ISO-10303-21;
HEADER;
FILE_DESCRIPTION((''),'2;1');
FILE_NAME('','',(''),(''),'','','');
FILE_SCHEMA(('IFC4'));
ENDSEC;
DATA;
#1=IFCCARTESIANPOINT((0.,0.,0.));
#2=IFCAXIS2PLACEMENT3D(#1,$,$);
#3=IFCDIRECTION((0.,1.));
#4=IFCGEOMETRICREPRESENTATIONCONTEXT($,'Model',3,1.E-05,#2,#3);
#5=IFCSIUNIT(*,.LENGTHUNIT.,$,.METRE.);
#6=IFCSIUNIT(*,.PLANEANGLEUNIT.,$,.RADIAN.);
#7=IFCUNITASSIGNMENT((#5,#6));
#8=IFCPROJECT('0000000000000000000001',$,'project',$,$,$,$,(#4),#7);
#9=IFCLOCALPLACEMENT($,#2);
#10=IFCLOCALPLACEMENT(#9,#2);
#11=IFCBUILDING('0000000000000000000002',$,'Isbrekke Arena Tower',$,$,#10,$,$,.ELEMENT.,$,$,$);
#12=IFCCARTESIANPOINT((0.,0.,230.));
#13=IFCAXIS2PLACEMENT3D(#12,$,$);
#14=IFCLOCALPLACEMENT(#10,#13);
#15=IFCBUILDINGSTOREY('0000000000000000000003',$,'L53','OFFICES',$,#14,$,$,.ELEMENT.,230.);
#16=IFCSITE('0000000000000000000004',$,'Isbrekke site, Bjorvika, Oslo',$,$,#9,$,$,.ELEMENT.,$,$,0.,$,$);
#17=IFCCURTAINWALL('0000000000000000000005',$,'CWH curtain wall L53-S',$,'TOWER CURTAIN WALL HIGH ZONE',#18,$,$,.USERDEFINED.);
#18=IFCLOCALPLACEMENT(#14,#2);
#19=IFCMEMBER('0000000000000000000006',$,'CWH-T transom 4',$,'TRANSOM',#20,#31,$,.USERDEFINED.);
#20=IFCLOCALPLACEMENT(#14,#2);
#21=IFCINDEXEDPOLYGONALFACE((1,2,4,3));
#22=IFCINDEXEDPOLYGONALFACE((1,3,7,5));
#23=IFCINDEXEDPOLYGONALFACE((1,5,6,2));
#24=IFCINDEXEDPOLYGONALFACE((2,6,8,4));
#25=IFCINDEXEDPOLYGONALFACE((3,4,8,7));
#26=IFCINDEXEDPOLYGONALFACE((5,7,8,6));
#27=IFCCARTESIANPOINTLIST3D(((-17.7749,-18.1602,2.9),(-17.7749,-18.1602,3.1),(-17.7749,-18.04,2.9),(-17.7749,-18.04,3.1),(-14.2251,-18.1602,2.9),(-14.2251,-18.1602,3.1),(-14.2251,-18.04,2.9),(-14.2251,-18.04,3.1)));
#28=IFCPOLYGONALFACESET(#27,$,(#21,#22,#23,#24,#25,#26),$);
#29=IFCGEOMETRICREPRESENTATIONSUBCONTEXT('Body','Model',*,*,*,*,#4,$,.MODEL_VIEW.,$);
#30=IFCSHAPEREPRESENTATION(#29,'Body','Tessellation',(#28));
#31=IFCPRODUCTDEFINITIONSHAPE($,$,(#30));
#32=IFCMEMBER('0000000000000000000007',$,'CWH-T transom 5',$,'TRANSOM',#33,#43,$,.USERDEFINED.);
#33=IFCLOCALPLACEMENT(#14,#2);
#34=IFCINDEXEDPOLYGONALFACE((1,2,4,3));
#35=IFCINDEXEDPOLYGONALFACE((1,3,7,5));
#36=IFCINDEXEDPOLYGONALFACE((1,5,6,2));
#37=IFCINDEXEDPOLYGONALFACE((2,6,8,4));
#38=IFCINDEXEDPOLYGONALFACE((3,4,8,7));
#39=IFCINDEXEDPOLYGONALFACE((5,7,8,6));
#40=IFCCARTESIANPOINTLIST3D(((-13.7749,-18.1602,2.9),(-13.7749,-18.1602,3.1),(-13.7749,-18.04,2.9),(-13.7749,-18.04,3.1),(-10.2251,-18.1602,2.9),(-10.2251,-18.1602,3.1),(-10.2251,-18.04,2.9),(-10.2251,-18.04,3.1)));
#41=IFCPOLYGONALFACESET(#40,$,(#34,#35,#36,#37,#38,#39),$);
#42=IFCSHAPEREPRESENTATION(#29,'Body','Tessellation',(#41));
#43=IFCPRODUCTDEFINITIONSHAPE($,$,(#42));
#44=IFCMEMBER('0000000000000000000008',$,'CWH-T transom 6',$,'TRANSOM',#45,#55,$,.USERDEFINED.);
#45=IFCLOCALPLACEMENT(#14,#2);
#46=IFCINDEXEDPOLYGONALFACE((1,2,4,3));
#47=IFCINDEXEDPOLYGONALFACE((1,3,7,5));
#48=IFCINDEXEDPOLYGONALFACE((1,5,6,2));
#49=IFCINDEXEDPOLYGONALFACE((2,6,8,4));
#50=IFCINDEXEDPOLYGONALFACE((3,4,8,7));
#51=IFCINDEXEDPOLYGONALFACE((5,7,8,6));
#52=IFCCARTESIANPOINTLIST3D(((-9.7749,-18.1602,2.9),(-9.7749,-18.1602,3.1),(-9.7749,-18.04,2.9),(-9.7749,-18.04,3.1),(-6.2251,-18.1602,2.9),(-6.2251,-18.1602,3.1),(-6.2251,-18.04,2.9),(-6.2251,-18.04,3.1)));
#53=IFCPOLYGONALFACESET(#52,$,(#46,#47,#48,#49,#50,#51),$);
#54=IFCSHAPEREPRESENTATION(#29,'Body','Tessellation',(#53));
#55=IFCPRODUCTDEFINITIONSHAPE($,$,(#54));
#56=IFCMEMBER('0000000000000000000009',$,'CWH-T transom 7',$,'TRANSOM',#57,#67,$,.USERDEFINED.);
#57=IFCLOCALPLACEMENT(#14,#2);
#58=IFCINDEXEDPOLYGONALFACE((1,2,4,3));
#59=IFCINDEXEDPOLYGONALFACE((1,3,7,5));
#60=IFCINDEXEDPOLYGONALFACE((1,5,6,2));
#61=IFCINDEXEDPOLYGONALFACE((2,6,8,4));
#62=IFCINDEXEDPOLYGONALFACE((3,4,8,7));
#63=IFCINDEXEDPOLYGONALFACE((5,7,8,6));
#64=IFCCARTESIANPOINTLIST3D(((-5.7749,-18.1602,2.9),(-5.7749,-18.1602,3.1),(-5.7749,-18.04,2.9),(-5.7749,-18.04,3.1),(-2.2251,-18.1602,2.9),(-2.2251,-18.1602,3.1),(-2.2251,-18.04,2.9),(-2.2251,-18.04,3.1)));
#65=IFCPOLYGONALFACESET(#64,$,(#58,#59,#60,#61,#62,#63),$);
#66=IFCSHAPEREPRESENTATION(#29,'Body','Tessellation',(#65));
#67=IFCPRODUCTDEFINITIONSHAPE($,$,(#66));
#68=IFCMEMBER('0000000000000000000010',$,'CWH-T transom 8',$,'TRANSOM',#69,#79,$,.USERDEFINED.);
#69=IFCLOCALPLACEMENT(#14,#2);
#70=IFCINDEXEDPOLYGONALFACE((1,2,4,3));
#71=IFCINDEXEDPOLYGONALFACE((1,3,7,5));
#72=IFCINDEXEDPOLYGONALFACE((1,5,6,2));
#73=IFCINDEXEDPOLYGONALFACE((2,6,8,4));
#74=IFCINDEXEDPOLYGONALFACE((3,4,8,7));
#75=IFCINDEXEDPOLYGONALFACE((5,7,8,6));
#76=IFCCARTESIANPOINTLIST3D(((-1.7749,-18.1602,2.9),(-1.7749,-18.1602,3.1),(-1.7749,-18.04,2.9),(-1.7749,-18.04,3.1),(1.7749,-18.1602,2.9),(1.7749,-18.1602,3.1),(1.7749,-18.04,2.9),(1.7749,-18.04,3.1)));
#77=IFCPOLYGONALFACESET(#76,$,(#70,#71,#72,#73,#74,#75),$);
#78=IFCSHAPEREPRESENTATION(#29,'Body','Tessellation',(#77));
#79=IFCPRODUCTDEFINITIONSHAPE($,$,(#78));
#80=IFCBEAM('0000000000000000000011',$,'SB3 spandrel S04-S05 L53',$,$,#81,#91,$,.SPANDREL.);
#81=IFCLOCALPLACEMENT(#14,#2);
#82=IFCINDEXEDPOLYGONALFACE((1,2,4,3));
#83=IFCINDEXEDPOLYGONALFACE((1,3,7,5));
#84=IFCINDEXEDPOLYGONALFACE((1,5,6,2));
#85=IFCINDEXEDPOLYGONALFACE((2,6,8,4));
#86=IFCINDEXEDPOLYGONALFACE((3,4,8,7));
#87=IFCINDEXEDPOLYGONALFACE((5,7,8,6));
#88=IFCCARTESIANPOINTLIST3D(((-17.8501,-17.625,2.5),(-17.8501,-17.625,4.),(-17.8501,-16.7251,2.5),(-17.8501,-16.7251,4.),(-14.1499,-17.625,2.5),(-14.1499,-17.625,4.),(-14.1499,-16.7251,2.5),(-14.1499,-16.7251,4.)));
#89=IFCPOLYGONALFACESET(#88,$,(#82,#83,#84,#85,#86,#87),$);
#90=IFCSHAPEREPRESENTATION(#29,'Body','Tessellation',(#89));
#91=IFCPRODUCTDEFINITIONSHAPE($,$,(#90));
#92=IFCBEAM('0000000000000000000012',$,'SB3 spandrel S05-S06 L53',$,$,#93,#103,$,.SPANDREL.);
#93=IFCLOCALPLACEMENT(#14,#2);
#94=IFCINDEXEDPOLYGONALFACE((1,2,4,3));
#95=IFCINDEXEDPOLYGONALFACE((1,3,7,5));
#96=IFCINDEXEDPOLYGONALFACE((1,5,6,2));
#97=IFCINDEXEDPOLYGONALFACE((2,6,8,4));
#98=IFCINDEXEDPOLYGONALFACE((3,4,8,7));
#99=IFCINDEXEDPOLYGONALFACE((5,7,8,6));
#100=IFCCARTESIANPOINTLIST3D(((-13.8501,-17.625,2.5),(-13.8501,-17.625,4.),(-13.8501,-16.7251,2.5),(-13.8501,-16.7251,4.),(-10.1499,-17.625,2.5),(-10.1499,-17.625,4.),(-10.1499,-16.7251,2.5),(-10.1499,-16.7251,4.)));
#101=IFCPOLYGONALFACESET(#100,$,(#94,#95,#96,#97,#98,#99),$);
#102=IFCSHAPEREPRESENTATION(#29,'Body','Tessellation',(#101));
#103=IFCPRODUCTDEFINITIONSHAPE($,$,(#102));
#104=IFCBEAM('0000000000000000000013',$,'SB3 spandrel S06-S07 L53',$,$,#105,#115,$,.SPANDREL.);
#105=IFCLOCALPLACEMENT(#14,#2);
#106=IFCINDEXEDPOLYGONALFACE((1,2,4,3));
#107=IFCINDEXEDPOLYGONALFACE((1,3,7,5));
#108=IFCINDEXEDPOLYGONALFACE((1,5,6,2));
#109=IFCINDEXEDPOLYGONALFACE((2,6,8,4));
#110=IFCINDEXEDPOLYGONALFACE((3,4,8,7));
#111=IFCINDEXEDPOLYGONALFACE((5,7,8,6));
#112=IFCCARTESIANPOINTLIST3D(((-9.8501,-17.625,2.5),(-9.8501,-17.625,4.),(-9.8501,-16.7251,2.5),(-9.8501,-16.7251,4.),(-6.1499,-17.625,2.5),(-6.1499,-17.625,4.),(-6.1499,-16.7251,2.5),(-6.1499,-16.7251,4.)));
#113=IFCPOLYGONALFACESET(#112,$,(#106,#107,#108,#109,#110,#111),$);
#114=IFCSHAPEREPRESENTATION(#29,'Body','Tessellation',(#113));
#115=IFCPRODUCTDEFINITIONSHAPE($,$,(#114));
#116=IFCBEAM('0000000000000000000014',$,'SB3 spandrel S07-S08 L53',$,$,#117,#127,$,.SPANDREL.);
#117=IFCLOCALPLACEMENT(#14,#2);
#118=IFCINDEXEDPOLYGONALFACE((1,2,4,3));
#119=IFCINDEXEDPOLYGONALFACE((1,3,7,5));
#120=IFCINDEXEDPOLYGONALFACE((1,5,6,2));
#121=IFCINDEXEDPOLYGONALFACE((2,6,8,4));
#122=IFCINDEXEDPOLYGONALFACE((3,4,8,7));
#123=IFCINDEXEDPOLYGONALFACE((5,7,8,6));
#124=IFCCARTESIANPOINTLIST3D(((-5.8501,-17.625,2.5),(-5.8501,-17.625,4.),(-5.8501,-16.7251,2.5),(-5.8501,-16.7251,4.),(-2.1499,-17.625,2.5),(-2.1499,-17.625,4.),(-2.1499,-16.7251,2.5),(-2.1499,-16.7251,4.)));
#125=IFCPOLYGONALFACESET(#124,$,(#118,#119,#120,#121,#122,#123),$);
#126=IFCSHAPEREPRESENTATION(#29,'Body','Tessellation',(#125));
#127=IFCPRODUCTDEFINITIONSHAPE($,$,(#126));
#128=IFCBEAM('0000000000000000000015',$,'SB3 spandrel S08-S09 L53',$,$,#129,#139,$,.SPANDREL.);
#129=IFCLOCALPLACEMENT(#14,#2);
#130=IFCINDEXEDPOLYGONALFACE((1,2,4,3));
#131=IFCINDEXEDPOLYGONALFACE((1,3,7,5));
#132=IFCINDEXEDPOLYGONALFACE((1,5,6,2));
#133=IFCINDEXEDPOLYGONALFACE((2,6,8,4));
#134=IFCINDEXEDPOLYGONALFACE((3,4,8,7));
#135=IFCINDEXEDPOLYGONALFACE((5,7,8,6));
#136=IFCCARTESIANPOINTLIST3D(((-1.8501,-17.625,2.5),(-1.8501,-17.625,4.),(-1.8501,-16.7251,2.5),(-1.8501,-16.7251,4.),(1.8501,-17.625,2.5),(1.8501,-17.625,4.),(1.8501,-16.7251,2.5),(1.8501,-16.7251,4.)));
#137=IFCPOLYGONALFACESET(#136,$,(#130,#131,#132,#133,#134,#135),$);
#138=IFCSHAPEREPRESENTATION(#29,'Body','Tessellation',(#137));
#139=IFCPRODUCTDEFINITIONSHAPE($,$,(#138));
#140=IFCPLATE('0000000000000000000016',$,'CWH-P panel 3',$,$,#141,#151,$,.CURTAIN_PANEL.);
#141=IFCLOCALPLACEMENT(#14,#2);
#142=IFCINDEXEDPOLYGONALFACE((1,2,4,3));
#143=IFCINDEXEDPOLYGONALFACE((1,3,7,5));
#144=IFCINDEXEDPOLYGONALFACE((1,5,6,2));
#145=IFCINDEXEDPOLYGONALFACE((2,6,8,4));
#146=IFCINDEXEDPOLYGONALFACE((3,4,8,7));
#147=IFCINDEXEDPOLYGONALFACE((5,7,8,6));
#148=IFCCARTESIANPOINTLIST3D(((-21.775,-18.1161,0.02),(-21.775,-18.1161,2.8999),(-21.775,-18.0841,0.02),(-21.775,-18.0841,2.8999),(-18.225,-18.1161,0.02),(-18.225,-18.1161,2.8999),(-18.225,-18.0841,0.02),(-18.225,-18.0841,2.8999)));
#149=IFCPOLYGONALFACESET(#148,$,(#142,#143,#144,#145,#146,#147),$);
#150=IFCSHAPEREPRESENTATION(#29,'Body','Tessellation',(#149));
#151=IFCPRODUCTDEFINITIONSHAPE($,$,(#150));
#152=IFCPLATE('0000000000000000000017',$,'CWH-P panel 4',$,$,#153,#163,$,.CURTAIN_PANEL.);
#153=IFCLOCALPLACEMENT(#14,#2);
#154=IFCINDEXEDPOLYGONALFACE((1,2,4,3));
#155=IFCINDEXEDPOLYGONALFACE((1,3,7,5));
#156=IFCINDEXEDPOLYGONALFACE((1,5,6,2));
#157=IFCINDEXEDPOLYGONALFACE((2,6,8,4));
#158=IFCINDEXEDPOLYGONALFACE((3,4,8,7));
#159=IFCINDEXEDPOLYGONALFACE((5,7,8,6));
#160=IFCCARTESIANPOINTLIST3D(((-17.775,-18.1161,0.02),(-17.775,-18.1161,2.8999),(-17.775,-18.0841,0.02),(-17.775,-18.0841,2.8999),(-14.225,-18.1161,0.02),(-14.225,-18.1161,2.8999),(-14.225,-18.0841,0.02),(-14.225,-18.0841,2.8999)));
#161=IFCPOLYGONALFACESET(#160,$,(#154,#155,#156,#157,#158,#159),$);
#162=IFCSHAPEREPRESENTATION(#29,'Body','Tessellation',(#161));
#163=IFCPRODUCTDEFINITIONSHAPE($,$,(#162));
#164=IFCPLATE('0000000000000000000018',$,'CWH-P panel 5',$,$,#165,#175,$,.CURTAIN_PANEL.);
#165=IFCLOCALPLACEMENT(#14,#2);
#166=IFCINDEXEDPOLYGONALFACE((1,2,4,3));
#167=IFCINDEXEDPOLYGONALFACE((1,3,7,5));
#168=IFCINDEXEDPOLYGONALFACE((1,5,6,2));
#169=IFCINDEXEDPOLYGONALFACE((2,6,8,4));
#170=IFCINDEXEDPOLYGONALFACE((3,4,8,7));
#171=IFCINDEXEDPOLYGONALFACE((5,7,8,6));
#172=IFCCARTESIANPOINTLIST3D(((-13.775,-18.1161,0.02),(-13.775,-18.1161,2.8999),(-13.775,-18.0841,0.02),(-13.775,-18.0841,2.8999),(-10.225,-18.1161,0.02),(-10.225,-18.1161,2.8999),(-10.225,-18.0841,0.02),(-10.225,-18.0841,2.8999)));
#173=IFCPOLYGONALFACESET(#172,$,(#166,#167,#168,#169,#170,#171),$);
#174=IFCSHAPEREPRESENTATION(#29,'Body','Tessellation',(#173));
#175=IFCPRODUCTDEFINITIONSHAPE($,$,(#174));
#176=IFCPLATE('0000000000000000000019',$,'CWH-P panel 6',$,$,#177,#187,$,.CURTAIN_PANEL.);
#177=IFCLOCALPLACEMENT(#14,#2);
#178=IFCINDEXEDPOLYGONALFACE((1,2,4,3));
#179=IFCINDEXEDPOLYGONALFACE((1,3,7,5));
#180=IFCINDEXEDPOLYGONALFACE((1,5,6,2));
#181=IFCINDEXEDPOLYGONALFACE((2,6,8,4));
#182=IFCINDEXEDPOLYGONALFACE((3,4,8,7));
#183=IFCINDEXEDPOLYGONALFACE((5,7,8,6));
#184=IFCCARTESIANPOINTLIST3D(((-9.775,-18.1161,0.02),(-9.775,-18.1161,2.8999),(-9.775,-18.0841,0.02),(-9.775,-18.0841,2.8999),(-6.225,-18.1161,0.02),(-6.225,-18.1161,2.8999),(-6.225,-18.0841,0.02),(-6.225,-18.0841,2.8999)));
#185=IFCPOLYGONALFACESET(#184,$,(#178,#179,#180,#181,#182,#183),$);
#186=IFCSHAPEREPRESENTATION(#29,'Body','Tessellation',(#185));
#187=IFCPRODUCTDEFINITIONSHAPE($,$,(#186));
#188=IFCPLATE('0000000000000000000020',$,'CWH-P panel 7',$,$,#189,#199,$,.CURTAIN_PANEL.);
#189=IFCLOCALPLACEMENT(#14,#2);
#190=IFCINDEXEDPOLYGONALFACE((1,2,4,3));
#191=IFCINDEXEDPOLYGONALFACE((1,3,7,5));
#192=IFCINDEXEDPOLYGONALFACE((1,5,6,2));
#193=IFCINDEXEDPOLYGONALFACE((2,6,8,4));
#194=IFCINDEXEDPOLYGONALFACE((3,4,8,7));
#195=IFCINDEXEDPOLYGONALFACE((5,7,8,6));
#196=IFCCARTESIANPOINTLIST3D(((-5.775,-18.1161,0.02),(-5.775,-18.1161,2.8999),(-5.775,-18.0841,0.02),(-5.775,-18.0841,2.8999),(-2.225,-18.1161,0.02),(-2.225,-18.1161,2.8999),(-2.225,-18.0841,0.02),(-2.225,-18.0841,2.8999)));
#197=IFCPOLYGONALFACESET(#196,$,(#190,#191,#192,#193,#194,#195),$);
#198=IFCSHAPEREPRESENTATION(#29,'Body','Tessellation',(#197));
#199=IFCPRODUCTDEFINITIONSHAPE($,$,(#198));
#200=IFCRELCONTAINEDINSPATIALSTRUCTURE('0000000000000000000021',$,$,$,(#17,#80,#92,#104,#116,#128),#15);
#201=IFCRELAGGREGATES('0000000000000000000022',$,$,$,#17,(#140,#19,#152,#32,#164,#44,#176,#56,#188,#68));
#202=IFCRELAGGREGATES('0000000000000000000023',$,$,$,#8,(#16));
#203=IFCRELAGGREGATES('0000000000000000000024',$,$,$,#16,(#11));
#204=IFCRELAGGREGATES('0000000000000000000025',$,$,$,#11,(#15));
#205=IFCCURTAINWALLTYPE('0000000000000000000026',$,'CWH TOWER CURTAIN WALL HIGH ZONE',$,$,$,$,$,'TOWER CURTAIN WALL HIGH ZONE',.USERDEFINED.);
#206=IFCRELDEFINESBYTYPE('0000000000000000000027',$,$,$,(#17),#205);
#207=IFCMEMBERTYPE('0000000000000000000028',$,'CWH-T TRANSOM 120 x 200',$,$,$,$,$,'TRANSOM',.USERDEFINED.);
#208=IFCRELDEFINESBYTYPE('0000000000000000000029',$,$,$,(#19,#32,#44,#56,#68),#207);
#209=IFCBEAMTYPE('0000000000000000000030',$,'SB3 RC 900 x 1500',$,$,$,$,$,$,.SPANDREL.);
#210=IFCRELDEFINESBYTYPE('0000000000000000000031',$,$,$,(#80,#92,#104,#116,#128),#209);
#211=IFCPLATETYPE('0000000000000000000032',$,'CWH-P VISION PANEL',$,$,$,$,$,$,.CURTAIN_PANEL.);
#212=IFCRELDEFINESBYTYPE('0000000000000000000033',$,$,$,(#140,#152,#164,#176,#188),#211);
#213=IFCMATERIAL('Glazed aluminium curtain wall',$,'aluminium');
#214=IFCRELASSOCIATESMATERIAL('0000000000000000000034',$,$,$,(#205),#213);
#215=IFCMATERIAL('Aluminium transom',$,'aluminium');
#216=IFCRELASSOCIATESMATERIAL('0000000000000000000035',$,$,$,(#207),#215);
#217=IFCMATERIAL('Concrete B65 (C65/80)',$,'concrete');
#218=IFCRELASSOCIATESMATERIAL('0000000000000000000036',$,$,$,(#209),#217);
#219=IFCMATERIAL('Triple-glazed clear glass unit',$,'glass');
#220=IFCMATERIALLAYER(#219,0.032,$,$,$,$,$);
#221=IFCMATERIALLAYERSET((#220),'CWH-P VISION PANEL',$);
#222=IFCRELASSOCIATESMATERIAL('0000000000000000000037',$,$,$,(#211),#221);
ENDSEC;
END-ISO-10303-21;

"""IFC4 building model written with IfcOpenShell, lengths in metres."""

from ifc_helpers import new_model, si_unit, direction, frame, origin, origin_2d, place, context, subcontext, project, spatial, rectangle, extrude, material, layer, layer_set, material_profile, profile_set, type_object, element, aggregate, save


model = new_model("IFC4")

# Units and contexts
model_context = context("Model", 3, precision=1e-05, world=origin(), true_north=direction((0.0, 1.0)))
body_context = subcontext(model_context, "Body", "Model", "MODEL_VIEW")
ifc_project = project(units=[si_unit("LENGTHUNIT", "METRE"), si_unit("PLANEANGLEUNIT", "RADIAN")], contexts=[model_context])

# Site, building, storey
site_placement = place(None, origin())
site = spatial("IfcSite", under=ifc_project, at=site_placement, Name="Isbrekke site, Bjorvika, Oslo", CompositionType="ELEMENT", RefElevation=0.0)
building_placement = place(site_placement, origin())
building = spatial("IfcBuilding", under=site, at=building_placement, Name="Isbrekke Arena Tower", CompositionType="ELEMENT")
storey_placement = place(building_placement, frame((0.0, 0.0, 230.0)))
storey = spatial("IfcBuildingStorey", under=building, at=storey_placement, Name="L53", Description="OFFICES", CompositionType="ELEMENT", Elevation=230.0)

# Curtain wall, members
ifc_material_1 = material(Name="Glazed aluminium curtain wall", Category="aluminium")
curtain_wall_type = type_object("IfcCurtainWallType", Name="CWH TOWER CURTAIN WALL HIGH ZONE", ElementType="TOWER CURTAIN WALL HIGH ZONE", PredefinedType="USERDEFINED", material=ifc_material_1)
curtain_wall_placement = place(storey_placement, origin())
curtain_wall = element("IfcCurtainWall", 1, at=curtain_wall_placement, inside=storey, type_object=curtain_wall_type, Name="CWH curtain wall L53-S", ObjectType="TOWER CURTAIN WALL HIGH ZONE", PredefinedType="USERDEFINED")
ifc_material_2 = material(Name="Aluminium transom", Category="aluminium")
ifc_material_profile_1 = material_profile(ifc_material_2, rectangle(XDim=0.1201, YDim=0.2, at=origin_2d()), Name="TRANSOM 120X200")
ifc_profile_set_1 = profile_set([ifc_material_profile_1], Name="Aluminium transom")
member_type_1 = type_object("IfcMemberType", Name="CWH-T TRANSOM 120 x 200", ElementType="TRANSOM", PredefinedType="USERDEFINED", material=ifc_profile_set_1)
member_1_placement = place(storey_placement, frame((-17.7749, -18.1001, 3.0), z_axis=(1.0, 0.0, 0.0), x_axis=(0.0, 1.0, 0.0)))
member_1 = element("IfcMember", 2, at=member_1_placement, type_object=member_type_1, Name="CWH-T transom 4", ObjectType="TRANSOM", PredefinedType="USERDEFINED", context=body_context, shape_type="SweptSolid", body=[
    extrude(rectangle(XDim=0.1201, YDim=0.2, at=origin_2d()), origin(), (0.0, 0.0, 1.0), 3.5498),
])
member_2_placement = place(storey_placement, frame((-13.7749, -18.1001, 3.0), z_axis=(1.0, 0.0, 0.0), x_axis=(0.0, 1.0, 0.0)))
member_2 = element("IfcMember", 3, at=member_2_placement, type_object=member_type_1, Name="CWH-T transom 5", ObjectType="TRANSOM", PredefinedType="USERDEFINED", context=body_context, shape_type="SweptSolid", body=[
    extrude(rectangle(XDim=0.1201, YDim=0.2, at=origin_2d()), origin(), (0.0, 0.0, 1.0), 3.5498),
])
member_3_placement = place(storey_placement, frame((-9.7749, -18.1001, 3.0), z_axis=(1.0, 0.0, 0.0), x_axis=(0.0, 1.0, 0.0)))
member_3 = element("IfcMember", 4, at=member_3_placement, type_object=member_type_1, Name="CWH-T transom 6", ObjectType="TRANSOM", PredefinedType="USERDEFINED", context=body_context, shape_type="SweptSolid", body=[
    extrude(rectangle(XDim=0.1201, YDim=0.2, at=origin_2d()), origin(), (0.0, 0.0, 1.0), 3.5498),
])
member_4_placement = place(storey_placement, frame((-5.7749, -18.1001, 3.0), z_axis=(1.0, 0.0, 0.0), x_axis=(0.0, 1.0, 0.0)))
member_4 = element("IfcMember", 5, at=member_4_placement, type_object=member_type_1, Name="CWH-T transom 7", ObjectType="TRANSOM", PredefinedType="USERDEFINED", context=body_context, shape_type="SweptSolid", body=[
    extrude(rectangle(XDim=0.1201, YDim=0.2, at=origin_2d()), origin(), (0.0, 0.0, 1.0), 3.5498),
])
member_5_placement = place(storey_placement, frame((-1.7749, -18.1001, 3.0), z_axis=(1.0, 0.0, 0.0), x_axis=(0.0, 1.0, 0.0)))
member_5 = element("IfcMember", 6, at=member_5_placement, type_object=member_type_1, Name="CWH-T transom 8", ObjectType="TRANSOM", PredefinedType="USERDEFINED", context=body_context, shape_type="SweptSolid", body=[
    extrude(rectangle(XDim=0.1201, YDim=0.2, at=origin_2d()), origin(), (0.0, 0.0, 1.0), 3.5498),
])

# Beams
ifc_material_3 = material(Name="Concrete B65 (C65/80)", Category="concrete")
ifc_material_profile_2 = material_profile(ifc_material_3, rectangle(XDim=0.8999, YDim=1.5, at=origin_2d()), Name="RC 900x1500")
ifc_profile_set_2 = profile_set([ifc_material_profile_2], Name="Concrete B65 (C65/80)")
beam_type_1 = type_object("IfcBeamType", Name="SB3 RC 900 x 1500", PredefinedType="SPANDREL", material=ifc_profile_set_2)
for number, where, z_axis, x_axis, name in (
    (7, (-17.8501, -17.175, 3.25), (1.0, 0.0, 0.0), (0.0, 1.0, 0.0), "SB3 spandrel S04-S05 L53"),
    (8, (-13.8501, -17.175, 3.25), (1.0, 0.0, 0.0), (0.0, 1.0, 0.0), "SB3 spandrel S05-S06 L53"),
    (9, (-9.8501, -17.175, 3.25), (1.0, 0.0, 0.0), (0.0, 1.0, 0.0), "SB3 spandrel S06-S07 L53"),
    (10, (-5.8501, -17.175, 3.25), (1.0, 0.0, 0.0), (0.0, 1.0, 0.0), "SB3 spandrel S07-S08 L53"),
    (11, (-1.8501, -17.175, 3.25), (1.0, 0.0, 0.0), (0.0, 1.0, 0.0), "SB3 spandrel S08-S09 L53"),
):
    element("IfcBeam", number, at=place(storey_placement, frame(where, z_axis=z_axis, x_axis=x_axis)), inside=storey, type_object=beam_type_1, Name=name, PredefinedType="SPANDREL", context=body_context, shape_type="SweptSolid", body=[
        extrude(rectangle(XDim=0.8999, YDim=1.5, at=origin_2d()), origin(), (0.0, 0.0, 1.0), 3.7002),
    ])

# Plates
ifc_material_4 = material(Name="Triple-glazed clear glass unit", Category="glass")
ifc_layer = layer(ifc_material_4, 0.032)
ifc_layer_set = layer_set([ifc_layer], Name="CWH-P VISION PANEL")
plate_type = type_object("IfcPlateType", Name="CWH-P VISION PANEL", PredefinedType="CURTAIN_PANEL", material=ifc_layer_set)
plate_1_placement = place(storey_placement, frame((-20.0, -18.1001, 0.02), z_axis=(0.0, 0.0, 1.0), x_axis=(1.0, 0.0, 0.0)))
plate_1 = element("IfcPlate", 12, at=plate_1_placement, type_object=plate_type, Name="CWH-P panel 3", PredefinedType="CURTAIN_PANEL", context=body_context, shape_type="SweptSolid", body=[
    extrude(rectangle(XDim=3.55, YDim=0.032, at=origin_2d()), origin(), (0.0, 0.0, 1.0), 2.8799),
])
plate_2_placement = place(storey_placement, frame((-16.0, -18.1001, 0.02), z_axis=(0.0, 0.0, 1.0), x_axis=(1.0, 0.0, 0.0)))
plate_2 = element("IfcPlate", 13, at=plate_2_placement, type_object=plate_type, Name="CWH-P panel 4", PredefinedType="CURTAIN_PANEL", context=body_context, shape_type="SweptSolid", body=[
    extrude(rectangle(XDim=3.55, YDim=0.032, at=origin_2d()), origin(), (0.0, 0.0, 1.0), 2.8799),
])
plate_3_placement = place(storey_placement, frame((-12.0, -18.1001, 0.02), z_axis=(0.0, 0.0, 1.0), x_axis=(1.0, 0.0, 0.0)))
plate_3 = element("IfcPlate", 14, at=plate_3_placement, type_object=plate_type, Name="CWH-P panel 5", PredefinedType="CURTAIN_PANEL", context=body_context, shape_type="SweptSolid", body=[
    extrude(rectangle(XDim=3.55, YDim=0.032, at=origin_2d()), origin(), (0.0, 0.0, 1.0), 2.8799),
])
plate_4_placement = place(storey_placement, frame((-8.0, -18.1001, 0.02), z_axis=(0.0, 0.0, 1.0), x_axis=(1.0, 0.0, 0.0)))
plate_4 = element("IfcPlate", 15, at=plate_4_placement, type_object=plate_type, Name="CWH-P panel 6", PredefinedType="CURTAIN_PANEL", context=body_context, shape_type="SweptSolid", body=[
    extrude(rectangle(XDim=3.55, YDim=0.032, at=origin_2d()), origin(), (0.0, 0.0, 1.0), 2.8799),
])
plate_5_placement = place(storey_placement, frame((-4.0, -18.1001, 0.02), z_axis=(0.0, 0.0, 1.0), x_axis=(1.0, 0.0, 0.0)))
plate_5 = element("IfcPlate", 16, at=plate_5_placement, type_object=plate_type, Name="CWH-P panel 7", PredefinedType="CURTAIN_PANEL", context=body_context, shape_type="SweptSolid", body=[
    extrude(rectangle(XDim=3.55, YDim=0.032, at=origin_2d()), origin(), (0.0, 0.0, 1.0), 2.8799),
])
aggregate(curtain_wall, [plate_1, member_1, plate_2, member_2, plate_3, member_3, plate_4, member_4, plate_5, member_5])

save(model, "model.ifc")
